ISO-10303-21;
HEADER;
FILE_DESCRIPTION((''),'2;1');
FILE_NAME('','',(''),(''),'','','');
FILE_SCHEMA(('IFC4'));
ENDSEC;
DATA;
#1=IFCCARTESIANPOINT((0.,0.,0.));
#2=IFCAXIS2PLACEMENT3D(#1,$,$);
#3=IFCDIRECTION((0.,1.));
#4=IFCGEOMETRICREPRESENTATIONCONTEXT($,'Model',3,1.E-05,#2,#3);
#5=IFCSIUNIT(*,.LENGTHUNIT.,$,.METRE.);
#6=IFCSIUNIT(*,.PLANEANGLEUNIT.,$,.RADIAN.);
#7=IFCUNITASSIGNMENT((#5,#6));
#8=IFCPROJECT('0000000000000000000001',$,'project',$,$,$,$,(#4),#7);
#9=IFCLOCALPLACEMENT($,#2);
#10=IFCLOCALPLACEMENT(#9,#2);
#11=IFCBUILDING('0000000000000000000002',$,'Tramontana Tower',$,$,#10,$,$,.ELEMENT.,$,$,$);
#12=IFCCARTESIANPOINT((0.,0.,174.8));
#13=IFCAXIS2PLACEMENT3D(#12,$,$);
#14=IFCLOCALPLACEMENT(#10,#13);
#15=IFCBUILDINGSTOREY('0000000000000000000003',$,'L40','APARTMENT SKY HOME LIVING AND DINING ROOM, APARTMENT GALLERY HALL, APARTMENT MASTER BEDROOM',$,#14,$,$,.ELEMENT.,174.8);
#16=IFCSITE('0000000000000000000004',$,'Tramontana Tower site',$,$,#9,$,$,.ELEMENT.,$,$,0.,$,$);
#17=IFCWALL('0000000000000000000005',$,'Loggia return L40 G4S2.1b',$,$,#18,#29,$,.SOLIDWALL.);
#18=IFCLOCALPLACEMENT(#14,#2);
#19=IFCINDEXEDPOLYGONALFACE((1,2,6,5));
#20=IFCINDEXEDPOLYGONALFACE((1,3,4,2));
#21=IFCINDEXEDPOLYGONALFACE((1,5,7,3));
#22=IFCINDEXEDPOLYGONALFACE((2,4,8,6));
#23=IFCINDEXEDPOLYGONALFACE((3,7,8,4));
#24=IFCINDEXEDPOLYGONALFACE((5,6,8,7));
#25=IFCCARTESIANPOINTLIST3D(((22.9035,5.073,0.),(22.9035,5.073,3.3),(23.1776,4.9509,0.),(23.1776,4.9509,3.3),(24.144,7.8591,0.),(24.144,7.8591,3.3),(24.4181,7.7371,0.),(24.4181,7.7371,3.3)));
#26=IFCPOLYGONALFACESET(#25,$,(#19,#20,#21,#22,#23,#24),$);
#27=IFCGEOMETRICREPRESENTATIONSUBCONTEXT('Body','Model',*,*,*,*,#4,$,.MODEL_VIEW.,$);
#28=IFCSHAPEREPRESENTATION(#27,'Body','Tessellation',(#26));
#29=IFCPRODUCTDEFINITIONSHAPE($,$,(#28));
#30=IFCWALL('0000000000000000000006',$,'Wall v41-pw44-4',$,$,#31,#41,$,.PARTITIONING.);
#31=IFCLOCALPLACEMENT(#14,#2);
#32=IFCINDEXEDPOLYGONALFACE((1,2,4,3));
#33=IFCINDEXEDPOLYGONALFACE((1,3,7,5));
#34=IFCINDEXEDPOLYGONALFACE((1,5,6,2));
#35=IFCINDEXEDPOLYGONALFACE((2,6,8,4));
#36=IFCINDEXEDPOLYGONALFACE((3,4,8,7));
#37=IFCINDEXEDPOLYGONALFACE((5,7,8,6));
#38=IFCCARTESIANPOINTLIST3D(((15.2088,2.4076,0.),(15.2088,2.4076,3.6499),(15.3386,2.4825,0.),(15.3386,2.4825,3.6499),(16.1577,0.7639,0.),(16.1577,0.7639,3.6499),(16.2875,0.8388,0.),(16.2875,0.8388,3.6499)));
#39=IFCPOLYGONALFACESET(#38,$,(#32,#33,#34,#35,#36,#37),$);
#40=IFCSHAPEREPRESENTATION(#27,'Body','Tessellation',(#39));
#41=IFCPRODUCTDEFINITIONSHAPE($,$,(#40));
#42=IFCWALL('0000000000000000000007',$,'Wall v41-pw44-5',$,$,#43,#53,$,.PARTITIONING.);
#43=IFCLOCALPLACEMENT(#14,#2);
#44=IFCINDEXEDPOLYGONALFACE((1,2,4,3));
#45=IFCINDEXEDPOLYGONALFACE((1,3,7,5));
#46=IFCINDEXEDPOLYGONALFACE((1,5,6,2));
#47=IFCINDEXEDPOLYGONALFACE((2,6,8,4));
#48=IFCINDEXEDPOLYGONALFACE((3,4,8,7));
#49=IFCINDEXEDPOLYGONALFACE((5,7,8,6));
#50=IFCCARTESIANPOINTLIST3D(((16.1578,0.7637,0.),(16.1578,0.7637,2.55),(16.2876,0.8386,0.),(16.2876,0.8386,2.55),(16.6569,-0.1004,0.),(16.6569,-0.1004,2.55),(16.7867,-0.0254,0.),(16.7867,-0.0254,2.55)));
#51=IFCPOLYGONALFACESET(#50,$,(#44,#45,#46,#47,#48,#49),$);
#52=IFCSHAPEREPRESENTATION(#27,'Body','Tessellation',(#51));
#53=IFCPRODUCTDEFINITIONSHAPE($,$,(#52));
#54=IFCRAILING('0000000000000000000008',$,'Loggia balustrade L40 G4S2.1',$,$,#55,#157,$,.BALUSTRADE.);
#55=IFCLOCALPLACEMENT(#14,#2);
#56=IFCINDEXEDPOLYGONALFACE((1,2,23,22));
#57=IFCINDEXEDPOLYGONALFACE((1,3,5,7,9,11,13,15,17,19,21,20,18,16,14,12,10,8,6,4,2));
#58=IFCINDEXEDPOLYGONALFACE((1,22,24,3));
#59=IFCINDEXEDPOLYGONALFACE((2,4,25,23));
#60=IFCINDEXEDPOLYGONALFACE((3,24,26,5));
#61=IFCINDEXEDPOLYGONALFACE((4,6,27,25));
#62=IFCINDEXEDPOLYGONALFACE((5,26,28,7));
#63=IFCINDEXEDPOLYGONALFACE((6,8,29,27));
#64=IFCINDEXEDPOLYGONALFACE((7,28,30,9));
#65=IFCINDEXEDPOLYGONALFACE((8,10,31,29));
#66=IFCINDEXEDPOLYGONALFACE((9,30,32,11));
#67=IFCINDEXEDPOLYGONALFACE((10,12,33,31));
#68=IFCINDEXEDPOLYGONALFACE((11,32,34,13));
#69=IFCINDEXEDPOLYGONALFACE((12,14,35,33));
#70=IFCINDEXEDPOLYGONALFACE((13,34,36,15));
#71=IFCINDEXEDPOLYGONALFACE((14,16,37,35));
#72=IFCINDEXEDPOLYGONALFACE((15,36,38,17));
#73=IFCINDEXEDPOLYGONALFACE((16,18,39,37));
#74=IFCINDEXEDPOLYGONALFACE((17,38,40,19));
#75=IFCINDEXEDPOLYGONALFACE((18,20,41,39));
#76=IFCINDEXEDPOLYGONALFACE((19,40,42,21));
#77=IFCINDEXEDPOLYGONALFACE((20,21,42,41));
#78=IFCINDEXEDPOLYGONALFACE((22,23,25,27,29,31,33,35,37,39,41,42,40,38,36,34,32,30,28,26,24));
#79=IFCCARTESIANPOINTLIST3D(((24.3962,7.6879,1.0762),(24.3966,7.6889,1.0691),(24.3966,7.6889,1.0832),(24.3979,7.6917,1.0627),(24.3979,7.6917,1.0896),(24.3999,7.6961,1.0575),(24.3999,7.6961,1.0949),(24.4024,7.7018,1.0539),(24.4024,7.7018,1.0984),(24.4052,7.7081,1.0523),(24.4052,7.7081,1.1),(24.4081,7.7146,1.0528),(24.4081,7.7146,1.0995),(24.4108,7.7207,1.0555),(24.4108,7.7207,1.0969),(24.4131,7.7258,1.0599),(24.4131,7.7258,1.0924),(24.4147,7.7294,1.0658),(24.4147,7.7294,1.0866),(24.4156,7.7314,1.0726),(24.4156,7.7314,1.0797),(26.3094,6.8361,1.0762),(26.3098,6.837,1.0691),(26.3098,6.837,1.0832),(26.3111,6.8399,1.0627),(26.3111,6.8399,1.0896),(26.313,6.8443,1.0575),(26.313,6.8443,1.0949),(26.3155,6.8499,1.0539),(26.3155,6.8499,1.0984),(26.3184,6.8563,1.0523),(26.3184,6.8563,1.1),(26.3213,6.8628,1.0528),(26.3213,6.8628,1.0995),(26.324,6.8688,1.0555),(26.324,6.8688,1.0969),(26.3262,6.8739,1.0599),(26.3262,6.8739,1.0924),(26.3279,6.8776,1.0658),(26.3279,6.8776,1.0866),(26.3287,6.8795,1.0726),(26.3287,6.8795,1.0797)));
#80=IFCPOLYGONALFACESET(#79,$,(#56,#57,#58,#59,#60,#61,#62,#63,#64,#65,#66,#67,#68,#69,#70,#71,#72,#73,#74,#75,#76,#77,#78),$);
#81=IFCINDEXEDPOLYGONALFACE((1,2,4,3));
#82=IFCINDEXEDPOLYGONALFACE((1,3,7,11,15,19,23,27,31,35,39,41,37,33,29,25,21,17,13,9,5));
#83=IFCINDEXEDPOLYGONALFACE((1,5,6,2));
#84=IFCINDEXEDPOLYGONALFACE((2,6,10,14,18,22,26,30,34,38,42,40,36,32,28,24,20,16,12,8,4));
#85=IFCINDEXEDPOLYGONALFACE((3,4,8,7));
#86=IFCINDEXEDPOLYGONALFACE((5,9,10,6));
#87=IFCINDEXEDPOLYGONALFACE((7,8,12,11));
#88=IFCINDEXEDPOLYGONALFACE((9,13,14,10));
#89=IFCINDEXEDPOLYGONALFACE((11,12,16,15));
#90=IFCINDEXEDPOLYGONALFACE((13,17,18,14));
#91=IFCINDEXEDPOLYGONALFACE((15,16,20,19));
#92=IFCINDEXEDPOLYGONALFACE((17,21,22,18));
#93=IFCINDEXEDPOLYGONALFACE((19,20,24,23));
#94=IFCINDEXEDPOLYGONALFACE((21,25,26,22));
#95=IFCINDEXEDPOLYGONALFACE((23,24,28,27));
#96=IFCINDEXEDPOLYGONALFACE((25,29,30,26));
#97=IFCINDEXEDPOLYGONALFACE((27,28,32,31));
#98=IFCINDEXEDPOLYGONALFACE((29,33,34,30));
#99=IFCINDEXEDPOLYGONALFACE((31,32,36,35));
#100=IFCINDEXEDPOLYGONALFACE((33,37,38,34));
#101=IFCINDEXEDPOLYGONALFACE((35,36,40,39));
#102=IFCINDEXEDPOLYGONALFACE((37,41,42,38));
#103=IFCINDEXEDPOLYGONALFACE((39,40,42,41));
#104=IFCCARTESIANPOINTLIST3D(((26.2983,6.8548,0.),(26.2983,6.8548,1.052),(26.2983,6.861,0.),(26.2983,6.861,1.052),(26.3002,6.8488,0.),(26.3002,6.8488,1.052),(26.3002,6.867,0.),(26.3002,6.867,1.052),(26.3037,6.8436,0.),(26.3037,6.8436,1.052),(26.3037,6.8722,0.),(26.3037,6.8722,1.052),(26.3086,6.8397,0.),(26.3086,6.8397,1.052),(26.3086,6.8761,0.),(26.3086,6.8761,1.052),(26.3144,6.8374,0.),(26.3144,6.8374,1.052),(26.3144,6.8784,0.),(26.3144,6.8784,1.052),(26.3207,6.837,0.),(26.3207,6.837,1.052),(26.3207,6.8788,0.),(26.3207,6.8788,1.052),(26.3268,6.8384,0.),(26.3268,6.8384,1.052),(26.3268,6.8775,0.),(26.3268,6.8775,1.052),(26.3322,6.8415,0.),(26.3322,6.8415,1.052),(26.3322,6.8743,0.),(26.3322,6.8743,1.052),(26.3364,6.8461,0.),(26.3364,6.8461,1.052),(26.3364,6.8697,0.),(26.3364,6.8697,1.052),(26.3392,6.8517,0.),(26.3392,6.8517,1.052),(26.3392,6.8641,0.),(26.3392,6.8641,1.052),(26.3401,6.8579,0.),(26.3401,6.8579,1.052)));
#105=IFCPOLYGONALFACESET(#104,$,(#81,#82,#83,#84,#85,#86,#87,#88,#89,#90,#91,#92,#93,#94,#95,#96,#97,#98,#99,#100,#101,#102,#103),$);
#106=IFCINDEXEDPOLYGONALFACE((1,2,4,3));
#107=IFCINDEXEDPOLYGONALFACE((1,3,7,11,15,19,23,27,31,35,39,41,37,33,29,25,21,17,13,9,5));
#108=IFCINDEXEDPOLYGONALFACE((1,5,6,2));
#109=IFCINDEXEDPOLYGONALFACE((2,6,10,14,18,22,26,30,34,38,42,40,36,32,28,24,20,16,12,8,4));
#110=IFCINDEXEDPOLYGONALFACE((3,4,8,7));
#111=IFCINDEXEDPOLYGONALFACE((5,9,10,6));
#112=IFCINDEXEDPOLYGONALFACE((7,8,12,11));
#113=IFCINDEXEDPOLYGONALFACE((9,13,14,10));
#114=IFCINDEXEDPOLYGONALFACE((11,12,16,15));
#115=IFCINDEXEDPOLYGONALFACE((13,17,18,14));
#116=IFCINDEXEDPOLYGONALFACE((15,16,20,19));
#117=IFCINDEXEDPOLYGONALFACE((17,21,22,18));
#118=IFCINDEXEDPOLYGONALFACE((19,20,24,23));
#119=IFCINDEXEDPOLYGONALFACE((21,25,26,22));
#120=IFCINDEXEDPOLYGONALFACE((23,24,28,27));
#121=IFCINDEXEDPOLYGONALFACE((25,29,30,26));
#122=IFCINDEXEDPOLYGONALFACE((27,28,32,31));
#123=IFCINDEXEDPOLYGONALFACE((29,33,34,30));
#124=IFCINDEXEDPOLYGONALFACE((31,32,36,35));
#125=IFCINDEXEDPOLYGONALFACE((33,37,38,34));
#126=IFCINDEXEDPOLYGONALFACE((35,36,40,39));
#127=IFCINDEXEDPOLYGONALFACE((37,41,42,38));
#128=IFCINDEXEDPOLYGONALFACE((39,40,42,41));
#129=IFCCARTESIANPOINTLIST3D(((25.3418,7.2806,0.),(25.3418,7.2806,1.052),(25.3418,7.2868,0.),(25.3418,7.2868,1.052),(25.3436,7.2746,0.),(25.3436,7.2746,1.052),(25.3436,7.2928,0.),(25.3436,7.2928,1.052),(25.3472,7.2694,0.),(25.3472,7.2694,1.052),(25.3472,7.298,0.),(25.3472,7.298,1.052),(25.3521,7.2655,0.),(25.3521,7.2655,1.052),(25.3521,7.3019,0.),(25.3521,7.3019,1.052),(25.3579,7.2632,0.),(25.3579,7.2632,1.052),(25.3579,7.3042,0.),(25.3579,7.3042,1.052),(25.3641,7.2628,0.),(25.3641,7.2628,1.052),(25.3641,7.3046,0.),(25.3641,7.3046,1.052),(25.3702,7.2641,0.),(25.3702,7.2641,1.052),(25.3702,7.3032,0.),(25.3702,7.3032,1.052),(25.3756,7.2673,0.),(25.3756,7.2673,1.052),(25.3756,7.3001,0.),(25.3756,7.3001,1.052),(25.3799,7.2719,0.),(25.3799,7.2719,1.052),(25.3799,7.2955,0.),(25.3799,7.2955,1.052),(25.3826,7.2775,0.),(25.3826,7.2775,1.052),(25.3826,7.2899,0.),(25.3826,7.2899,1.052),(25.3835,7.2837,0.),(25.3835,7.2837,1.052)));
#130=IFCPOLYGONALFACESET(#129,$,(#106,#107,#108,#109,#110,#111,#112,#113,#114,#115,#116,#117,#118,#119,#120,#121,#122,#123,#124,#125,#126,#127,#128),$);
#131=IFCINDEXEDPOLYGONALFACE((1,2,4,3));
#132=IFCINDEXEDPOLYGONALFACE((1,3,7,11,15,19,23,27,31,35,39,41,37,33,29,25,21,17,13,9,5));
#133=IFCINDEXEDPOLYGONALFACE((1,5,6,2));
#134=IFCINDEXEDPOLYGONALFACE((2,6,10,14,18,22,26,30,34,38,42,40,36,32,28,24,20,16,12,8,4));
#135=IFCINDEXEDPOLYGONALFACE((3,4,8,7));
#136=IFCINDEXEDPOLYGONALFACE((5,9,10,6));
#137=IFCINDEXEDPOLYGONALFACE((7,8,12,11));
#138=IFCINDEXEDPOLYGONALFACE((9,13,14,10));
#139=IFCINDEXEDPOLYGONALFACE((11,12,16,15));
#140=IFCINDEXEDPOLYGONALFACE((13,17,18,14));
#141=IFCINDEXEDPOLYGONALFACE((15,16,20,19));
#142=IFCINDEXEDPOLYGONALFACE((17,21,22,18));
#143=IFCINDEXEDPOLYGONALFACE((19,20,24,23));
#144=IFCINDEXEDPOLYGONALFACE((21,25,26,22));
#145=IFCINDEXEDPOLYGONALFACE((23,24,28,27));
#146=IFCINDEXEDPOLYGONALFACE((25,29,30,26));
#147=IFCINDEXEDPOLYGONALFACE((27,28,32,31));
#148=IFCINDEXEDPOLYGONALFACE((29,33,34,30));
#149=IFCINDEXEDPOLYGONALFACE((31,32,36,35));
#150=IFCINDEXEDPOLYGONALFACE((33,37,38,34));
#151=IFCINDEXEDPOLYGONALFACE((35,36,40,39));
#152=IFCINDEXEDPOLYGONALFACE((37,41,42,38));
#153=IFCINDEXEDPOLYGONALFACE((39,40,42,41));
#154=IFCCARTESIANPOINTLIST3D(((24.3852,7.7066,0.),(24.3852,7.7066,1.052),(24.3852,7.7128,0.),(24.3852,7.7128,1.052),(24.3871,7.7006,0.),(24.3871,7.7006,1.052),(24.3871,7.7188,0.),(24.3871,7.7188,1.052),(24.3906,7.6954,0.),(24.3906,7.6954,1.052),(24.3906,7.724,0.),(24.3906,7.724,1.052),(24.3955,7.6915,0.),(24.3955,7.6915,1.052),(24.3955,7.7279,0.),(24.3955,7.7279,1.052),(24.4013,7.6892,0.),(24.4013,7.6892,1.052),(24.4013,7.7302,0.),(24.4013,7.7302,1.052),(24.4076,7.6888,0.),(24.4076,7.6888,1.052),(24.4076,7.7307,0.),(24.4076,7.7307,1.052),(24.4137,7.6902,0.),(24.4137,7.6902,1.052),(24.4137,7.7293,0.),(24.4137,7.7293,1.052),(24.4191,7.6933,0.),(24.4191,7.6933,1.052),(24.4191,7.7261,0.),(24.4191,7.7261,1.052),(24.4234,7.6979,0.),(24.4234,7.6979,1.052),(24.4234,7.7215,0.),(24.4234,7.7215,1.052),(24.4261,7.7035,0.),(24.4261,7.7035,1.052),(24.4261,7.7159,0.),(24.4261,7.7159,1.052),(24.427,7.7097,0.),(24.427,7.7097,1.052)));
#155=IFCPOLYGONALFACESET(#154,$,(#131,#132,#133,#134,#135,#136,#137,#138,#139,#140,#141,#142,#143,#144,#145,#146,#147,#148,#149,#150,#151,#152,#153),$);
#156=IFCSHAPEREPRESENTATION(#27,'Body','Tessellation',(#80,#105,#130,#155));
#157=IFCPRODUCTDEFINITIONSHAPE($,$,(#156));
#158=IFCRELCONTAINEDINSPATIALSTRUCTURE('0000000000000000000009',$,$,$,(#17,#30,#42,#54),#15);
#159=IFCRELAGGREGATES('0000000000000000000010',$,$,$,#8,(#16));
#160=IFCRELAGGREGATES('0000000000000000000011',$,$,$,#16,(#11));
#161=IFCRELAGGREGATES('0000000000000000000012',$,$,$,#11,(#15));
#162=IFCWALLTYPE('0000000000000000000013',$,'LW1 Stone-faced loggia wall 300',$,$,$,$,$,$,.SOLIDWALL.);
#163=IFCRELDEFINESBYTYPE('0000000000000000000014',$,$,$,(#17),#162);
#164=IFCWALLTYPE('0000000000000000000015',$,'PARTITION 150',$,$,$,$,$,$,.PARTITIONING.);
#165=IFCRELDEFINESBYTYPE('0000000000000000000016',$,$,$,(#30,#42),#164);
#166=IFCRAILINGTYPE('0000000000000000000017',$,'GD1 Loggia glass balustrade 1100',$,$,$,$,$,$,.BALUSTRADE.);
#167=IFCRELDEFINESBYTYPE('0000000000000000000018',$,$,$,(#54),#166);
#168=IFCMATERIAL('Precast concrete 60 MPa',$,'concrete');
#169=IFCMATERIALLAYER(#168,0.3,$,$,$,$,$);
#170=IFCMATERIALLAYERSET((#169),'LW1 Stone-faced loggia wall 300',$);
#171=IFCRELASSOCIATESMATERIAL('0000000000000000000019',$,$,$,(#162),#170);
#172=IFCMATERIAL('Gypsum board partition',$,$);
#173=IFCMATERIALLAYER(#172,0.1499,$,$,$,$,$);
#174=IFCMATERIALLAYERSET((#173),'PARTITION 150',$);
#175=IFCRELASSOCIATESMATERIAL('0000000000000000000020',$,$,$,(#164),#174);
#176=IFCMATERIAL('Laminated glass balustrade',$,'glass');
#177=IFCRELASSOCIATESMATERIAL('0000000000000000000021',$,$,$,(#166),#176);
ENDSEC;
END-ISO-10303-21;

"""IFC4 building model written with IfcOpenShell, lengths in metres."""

from ifc_helpers import new_model, si_unit, direction, frame, frame_2d, origin, origin_2d, place, context, subcontext, project, spatial, rectangle, circle, extrude, material, layer, layer_set, type_object, element, save


model = new_model("IFC4")

# Units and contexts
model_context = context("Model", 3, precision=1e-05, world=origin(), true_north=direction((0.0, 1.0)))
body_context = subcontext(model_context, "Body", "Model", "MODEL_VIEW")
ifc_project = project(units=[si_unit("LENGTHUNIT", "METRE"), si_unit("PLANEANGLEUNIT", "RADIAN")], contexts=[model_context])

# Site, building, storey
site_placement = place(None, origin())
site = spatial("IfcSite", under=ifc_project, at=site_placement, Name="Tramontana Tower site", CompositionType="ELEMENT", RefElevation=0.0)
building_placement = place(site_placement, origin())
building = spatial("IfcBuilding", under=site, at=building_placement, Name="Tramontana Tower", CompositionType="ELEMENT")
storey_placement = place(building_placement, frame((0.0, 0.0, 174.8)))
storey = spatial("IfcBuildingStorey", under=building, at=storey_placement, Name="L40", Description="APARTMENT SKY HOME LIVING AND DINING ROOM, APARTMENT GALLERY HALL, APARTMENT MASTER BEDROOM", CompositionType="ELEMENT", Elevation=174.8)

# Shared definitions
ifc_material_1 = material(Name="Precast concrete 60 MPa", Category="concrete")
ifc_layer_1 = layer(ifc_material_1, 0.3)
ifc_layer_set_1 = layer_set([ifc_layer_1], Name="LW1 Stone-faced loggia wall 300")
wall_type_1 = type_object("IfcWallType", Name="LW1 Stone-faced loggia wall 300", PredefinedType="SOLIDWALL", material=ifc_layer_set_1)

# Walls
for number, where, z_axis, x_axis, name in (
    (1, (24.281, 7.7981, 0.0), (0.0, 0.0, 1.0), (-0.40674, -0.913544, 0.0), "Loggia return L40 G4S2.1b"),
):
    element("IfcWall", number, at=place(storey_placement, frame(where, z_axis=z_axis, x_axis=x_axis)), inside=storey, type_object=wall_type_1, Name=name, PredefinedType="SOLIDWALL", context=body_context, shape_type="SweptSolid", body=[
        extrude(rectangle(XDim=3.0498, YDim=0.3, at=frame_2d((1.5249, 0.0))), origin(), (0.0, 0.0, 1.0), 3.3),
    ])
ifc_material_2 = material(Name="Gypsum board partition")
ifc_layer_2 = layer(ifc_material_2, 0.1499)
ifc_layer_set_2 = layer_set([ifc_layer_2], Name="PARTITION 150")
wall_type_2 = type_object("IfcWallType", Name="PARTITION 150", PredefinedType="PARTITIONING", material=ifc_layer_set_2)
wall_1_placement = place(storey_placement, frame((15.2737, 2.4451, 0.0), z_axis=(0.0, 0.0, 1.0), x_axis=(0.499971, -0.866042, 0.0)))
element("IfcWall", 2, at=wall_1_placement, inside=storey, type_object=wall_type_2, Name="Wall v41-pw44-4", PredefinedType="PARTITIONING", context=body_context, shape_type="SweptSolid", body=[
    extrude(rectangle(XDim=1.8979, YDim=0.1499, at=frame_2d((0.949, 0.0))), origin(), (0.0, 0.0, 1.0), 3.6499),
])
wall_2_placement = place(storey_placement, frame((16.2227, 0.8013, 0.0), z_axis=(0.0, 0.0, 1.0), x_axis=(0.500139, -0.865945, 0.0)))
element("IfcWall", 3, at=wall_2_placement, inside=storey, type_object=wall_type_2, Name="Wall v41-pw44-5", PredefinedType="PARTITIONING", context=body_context, shape_type="SweptSolid", body=[
    extrude(rectangle(XDim=0.9978, YDim=0.1499, at=frame_2d((0.499, 0.0))), origin(), (0.0, 0.0, 1.0), 2.55),
])

# Railing
ifc_material_3 = material(Name="Laminated glass balustrade", Category="glass")
railing_type = type_object("IfcRailingType", Name="GD1 Loggia glass balustrade 1100", PredefinedType="BALUSTRADE", material=ifc_material_3)
railing_1_placement = place(storey_placement, frame((26.3191, 6.8579, 0.0)))
element("IfcRailing", 4, at=railing_1_placement, inside=storey, type_object=railing_type, Name="Loggia balustrade L40 G4S2.1", PredefinedType="BALUSTRADE", context=body_context, shape_type="SweptSolid", body=[
    extrude(circle(Radius=0.0239, at=origin_2d()), frame((0.0, 0.0, 1.0762), z_axis=(-0.913537, 0.406755, 0.0), x_axis=(-0.406755, -0.913537, 0.0)), (0.0, 0.0, 1.0), 2.0942),
    extrude(circle(Radius=0.021, at=origin_2d()), origin(), (0.0, 0.0, 1.0), 1.052),
    extrude(circle(Radius=0.021, at=origin_2d()), frame((-0.9565, 0.4258, 0.0)), (0.0, 0.0, 1.0), 1.052),
    extrude(circle(Radius=0.021, at=origin_2d()), frame((-1.9131, 0.8518, 0.0)), (0.0, 0.0, 1.0), 1.052),
])

save(model, "model.ifc")
